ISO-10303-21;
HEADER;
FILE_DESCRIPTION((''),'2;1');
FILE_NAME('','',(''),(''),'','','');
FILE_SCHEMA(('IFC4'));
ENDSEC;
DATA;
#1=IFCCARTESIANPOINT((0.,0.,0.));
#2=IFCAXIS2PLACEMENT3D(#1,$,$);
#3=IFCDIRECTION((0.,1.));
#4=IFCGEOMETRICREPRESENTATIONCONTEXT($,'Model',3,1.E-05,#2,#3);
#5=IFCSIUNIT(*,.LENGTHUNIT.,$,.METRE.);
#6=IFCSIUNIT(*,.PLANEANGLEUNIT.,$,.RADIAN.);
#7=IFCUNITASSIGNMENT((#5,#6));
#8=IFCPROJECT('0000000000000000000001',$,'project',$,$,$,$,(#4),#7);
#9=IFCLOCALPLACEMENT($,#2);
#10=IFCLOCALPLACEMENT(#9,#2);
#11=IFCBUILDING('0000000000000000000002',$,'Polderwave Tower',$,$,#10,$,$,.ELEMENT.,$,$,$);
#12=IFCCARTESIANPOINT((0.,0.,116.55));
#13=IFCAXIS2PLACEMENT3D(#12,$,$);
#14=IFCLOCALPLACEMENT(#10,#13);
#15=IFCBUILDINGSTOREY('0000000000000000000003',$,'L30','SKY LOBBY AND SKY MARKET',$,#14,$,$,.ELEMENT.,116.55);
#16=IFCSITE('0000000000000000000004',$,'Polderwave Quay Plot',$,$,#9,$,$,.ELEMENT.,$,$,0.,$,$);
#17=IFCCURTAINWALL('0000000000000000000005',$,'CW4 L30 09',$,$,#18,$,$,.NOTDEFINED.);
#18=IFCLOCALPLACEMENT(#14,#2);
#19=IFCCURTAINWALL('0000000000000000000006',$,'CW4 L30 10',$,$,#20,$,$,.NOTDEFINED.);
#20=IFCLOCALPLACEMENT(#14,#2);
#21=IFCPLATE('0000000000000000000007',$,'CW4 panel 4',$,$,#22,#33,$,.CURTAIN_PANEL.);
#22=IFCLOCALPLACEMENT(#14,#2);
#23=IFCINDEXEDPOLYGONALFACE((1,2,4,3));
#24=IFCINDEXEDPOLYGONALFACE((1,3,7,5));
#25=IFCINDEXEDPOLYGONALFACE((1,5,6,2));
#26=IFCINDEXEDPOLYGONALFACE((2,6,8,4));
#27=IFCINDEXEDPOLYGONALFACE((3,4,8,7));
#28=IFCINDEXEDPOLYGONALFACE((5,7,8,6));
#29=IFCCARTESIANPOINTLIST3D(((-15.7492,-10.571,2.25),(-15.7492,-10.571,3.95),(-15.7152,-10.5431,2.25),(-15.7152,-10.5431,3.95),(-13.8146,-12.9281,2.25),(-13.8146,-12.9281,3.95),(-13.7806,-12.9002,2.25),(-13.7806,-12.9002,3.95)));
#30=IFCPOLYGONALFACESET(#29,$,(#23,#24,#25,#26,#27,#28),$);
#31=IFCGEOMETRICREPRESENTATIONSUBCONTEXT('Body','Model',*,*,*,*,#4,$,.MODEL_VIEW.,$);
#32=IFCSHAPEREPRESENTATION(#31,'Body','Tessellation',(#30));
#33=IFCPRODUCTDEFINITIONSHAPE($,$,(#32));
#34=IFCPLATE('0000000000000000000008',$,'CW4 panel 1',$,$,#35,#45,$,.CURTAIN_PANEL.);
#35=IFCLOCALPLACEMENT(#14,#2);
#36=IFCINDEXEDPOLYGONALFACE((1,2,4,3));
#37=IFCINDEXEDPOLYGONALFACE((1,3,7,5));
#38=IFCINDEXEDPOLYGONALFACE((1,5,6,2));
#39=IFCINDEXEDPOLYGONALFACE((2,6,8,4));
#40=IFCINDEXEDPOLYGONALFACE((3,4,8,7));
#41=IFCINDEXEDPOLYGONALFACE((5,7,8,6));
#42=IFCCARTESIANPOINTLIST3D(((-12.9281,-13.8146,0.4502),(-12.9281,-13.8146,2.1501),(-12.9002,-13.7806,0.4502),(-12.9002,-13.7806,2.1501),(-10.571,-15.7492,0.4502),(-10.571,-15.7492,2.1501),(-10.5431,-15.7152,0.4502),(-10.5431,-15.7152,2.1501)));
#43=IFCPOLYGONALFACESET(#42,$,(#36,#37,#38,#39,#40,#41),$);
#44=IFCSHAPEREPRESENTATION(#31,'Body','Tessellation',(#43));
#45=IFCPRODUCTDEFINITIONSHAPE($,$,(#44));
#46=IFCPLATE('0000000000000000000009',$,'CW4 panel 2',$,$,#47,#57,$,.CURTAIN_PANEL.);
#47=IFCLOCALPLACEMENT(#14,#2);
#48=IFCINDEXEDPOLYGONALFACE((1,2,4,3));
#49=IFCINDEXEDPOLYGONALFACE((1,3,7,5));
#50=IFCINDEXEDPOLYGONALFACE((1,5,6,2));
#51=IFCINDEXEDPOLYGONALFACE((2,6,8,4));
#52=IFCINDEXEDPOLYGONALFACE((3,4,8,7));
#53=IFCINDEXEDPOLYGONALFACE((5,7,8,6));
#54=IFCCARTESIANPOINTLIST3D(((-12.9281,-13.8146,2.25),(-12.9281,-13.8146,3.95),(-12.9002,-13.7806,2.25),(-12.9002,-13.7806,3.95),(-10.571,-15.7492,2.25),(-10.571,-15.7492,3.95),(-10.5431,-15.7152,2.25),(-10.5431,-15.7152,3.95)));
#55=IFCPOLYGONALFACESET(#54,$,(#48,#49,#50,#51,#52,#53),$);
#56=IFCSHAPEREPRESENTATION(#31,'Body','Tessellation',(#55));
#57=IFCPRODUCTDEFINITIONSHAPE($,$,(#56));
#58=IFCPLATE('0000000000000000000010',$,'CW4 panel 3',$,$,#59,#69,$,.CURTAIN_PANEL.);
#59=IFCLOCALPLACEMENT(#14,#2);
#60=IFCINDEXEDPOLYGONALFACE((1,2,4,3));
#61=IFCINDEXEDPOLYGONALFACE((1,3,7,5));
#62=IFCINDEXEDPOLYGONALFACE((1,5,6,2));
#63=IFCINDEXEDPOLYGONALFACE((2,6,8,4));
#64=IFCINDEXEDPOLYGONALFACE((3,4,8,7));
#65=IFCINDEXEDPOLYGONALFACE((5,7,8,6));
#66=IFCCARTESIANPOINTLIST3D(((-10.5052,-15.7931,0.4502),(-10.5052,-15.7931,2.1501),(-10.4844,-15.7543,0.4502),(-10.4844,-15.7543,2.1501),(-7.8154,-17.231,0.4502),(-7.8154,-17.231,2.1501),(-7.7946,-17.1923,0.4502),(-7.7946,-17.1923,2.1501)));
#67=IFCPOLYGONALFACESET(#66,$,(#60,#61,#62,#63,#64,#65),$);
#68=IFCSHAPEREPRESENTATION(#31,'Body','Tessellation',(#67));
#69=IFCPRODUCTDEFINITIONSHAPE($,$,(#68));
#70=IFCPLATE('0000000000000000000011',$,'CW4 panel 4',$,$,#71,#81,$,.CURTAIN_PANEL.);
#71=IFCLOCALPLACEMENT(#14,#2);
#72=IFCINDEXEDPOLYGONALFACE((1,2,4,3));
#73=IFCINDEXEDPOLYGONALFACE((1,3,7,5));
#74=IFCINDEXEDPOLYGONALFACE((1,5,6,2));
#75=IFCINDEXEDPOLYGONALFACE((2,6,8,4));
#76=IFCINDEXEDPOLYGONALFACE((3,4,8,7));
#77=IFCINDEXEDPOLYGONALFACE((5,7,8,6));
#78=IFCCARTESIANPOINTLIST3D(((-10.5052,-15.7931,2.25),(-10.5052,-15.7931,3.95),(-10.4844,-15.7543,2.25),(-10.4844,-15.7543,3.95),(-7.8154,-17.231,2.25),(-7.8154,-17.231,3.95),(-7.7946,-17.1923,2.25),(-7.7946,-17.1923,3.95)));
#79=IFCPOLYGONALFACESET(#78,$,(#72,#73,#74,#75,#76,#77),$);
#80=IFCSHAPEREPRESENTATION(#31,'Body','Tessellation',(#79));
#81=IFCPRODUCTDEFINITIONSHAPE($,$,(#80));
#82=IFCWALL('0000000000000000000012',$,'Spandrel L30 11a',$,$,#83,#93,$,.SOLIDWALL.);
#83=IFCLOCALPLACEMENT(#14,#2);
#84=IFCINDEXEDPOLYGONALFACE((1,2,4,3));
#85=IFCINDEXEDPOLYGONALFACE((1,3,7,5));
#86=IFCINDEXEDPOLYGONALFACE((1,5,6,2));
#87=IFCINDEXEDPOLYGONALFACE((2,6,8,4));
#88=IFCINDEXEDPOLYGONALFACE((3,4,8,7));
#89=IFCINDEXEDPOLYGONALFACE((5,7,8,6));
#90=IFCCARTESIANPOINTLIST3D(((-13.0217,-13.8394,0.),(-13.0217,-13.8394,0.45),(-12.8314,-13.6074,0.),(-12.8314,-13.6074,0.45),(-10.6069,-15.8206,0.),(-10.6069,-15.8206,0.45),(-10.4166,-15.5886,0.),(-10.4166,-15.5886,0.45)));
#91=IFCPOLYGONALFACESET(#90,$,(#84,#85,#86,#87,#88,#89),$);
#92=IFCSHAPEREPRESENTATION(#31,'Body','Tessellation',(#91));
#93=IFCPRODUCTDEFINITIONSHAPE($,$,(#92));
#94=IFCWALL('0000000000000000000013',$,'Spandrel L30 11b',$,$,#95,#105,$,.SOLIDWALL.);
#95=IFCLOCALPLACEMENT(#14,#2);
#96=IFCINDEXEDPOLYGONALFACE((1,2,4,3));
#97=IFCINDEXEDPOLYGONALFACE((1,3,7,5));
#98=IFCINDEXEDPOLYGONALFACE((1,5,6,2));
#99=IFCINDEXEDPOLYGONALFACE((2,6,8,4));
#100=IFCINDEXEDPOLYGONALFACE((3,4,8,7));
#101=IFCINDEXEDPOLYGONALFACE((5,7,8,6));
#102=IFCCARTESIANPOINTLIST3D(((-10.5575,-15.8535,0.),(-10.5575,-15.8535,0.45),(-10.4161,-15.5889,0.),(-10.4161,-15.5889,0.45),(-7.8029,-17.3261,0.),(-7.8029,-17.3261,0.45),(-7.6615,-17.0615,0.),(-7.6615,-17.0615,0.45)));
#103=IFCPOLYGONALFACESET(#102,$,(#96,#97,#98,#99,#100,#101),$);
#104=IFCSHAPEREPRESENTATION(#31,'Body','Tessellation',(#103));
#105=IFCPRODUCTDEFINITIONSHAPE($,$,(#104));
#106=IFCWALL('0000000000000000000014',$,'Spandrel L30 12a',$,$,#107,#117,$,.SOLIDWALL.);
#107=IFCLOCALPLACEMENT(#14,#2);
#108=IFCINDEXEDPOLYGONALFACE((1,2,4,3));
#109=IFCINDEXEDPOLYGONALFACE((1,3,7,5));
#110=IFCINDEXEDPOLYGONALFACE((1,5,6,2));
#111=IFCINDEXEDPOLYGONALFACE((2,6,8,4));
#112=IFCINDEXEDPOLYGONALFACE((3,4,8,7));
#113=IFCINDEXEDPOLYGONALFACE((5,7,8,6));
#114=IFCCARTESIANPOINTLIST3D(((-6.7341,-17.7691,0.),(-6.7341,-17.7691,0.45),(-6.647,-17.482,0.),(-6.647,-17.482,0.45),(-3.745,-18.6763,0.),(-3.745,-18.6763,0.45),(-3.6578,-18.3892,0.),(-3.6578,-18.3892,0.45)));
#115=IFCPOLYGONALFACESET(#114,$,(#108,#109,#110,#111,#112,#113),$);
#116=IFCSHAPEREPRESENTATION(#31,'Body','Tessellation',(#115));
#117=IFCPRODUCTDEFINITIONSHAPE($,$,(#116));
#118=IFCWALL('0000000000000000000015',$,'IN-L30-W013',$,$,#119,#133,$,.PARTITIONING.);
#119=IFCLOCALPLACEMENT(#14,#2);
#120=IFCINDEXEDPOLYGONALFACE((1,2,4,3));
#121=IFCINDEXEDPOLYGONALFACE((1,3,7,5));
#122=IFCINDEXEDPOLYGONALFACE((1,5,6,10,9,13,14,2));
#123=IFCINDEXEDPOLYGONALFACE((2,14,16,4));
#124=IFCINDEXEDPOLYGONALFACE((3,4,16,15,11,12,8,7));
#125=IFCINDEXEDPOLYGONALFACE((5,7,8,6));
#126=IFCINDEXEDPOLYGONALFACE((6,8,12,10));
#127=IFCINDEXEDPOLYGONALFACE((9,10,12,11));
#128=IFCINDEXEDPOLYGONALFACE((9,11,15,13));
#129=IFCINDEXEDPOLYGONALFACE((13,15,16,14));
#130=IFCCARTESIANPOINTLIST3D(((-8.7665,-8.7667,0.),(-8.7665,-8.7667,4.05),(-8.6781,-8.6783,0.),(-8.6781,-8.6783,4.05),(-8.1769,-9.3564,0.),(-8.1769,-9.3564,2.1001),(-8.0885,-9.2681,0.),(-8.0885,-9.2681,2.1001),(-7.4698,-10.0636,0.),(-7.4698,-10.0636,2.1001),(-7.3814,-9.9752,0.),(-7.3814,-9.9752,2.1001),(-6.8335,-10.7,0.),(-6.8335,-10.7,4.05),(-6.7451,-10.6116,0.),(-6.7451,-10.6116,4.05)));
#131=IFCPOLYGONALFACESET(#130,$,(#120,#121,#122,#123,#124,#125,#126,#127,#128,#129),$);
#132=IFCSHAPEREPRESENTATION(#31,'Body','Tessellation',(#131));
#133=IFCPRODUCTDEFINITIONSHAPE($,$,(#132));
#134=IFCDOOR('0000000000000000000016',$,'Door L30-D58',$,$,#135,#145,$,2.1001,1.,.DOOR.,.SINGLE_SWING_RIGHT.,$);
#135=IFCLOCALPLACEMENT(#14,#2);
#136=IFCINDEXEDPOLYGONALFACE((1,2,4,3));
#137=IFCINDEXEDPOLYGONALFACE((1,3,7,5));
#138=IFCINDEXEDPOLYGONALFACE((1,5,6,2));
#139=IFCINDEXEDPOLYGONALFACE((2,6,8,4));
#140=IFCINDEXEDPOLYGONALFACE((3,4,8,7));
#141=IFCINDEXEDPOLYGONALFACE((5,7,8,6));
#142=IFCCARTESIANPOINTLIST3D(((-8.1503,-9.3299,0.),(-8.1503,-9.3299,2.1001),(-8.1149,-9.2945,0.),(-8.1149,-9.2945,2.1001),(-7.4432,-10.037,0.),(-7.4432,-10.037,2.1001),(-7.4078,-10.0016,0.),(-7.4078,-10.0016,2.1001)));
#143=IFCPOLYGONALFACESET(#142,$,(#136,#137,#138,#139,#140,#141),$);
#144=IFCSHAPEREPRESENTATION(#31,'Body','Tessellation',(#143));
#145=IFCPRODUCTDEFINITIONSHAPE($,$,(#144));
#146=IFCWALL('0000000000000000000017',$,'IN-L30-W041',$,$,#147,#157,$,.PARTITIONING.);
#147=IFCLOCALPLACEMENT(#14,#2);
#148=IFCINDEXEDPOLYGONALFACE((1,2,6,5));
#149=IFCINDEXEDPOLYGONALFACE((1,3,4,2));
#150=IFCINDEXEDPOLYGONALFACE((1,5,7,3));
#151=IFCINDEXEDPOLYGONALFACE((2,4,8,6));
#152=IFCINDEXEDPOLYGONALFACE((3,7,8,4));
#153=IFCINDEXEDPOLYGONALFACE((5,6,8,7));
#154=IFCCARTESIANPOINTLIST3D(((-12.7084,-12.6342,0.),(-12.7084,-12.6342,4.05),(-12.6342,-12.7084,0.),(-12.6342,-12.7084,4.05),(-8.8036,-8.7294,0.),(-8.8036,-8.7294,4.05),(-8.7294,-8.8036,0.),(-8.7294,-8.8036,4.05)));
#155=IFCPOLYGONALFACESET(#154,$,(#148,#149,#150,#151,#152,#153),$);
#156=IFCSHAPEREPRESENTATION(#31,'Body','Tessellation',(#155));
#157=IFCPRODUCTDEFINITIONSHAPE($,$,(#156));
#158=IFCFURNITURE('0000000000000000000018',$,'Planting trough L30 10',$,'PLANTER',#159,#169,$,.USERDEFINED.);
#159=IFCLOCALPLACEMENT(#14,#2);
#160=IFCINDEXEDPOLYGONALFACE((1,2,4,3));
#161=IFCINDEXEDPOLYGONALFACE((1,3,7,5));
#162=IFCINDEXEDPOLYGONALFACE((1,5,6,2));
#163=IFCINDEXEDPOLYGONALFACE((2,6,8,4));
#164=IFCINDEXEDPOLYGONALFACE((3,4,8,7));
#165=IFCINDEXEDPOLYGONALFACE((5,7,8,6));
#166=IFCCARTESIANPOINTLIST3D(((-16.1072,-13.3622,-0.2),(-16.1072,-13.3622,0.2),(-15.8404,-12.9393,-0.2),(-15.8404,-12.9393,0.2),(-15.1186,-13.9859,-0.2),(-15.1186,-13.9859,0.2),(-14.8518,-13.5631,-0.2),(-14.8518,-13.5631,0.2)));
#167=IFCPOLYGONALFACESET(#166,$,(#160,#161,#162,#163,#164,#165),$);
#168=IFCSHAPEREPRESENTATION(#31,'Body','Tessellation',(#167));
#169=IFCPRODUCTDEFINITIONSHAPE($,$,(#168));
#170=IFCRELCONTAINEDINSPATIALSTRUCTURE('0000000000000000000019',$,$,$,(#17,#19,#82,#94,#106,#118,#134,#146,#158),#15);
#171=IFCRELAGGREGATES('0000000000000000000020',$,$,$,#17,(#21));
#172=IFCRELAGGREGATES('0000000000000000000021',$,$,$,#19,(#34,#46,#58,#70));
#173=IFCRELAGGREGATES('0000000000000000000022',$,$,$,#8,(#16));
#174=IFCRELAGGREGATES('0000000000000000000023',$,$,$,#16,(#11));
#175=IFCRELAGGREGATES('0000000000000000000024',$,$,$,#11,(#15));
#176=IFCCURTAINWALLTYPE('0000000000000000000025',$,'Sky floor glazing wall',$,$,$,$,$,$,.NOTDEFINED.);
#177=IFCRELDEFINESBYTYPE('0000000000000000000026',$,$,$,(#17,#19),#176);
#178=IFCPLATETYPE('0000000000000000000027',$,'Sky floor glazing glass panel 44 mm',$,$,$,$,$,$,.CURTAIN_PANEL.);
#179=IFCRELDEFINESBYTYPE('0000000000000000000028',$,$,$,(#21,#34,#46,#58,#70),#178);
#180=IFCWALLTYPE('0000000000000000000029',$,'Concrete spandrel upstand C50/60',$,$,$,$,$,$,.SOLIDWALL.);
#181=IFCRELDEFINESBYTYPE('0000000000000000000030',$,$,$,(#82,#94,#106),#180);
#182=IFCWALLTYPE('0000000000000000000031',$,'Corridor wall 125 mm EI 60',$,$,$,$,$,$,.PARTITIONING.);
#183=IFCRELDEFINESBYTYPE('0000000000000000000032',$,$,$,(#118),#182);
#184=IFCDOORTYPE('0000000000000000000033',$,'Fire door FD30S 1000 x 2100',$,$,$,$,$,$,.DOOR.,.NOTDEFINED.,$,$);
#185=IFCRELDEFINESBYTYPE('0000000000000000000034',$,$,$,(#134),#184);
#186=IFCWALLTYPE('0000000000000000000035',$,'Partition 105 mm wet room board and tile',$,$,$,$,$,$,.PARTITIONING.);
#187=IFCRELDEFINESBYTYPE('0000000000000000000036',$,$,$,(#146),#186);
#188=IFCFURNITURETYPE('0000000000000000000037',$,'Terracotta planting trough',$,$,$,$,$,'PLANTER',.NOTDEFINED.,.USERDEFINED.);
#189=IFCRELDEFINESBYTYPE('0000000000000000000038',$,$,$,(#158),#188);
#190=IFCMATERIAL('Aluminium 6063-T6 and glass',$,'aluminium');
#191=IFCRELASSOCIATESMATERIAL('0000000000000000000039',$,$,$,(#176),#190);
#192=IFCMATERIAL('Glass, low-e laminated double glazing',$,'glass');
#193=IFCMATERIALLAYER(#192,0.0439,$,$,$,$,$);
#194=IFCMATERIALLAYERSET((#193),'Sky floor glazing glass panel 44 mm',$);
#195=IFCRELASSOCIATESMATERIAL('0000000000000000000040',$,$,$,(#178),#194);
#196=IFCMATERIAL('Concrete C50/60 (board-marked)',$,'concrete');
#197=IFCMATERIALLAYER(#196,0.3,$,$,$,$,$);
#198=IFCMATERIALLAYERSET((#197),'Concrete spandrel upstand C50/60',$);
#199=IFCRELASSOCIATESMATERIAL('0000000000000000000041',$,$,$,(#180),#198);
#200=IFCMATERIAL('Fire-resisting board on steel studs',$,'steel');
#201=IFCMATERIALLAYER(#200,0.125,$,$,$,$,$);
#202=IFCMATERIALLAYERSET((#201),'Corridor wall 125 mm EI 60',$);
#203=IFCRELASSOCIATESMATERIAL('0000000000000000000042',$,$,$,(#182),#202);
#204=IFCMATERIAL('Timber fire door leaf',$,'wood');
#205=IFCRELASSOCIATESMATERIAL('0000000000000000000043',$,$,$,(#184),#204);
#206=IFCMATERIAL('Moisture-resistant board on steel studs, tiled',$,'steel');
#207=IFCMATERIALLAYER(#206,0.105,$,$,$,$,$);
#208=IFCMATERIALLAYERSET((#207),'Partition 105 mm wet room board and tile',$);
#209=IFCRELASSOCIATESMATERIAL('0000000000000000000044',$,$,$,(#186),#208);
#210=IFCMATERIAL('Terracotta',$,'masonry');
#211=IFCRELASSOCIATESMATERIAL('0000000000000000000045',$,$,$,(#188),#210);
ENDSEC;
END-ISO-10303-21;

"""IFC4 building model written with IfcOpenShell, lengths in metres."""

from ifc_helpers import new_model, si_unit, direction, frame, frame_2d, origin, origin_2d, place, context, subcontext, project, spatial, rectangle, extrude, material, layer, layer_set, type_object, element, fill, aggregate, save


model = new_model("IFC4")

# Units and contexts
model_context = context("Model", 3, precision=1e-05, world=origin(), true_north=direction((0.0, 1.0)))
body_context = subcontext(model_context, "Body", "Model", "MODEL_VIEW")
ifc_project = project(units=[si_unit("LENGTHUNIT", "METRE"), si_unit("PLANEANGLEUNIT", "RADIAN")], contexts=[model_context])

# Site, building, storey
site_placement = place(None, origin())
site = spatial("IfcSite", under=ifc_project, at=site_placement, Name="Polderwave Quay Plot", CompositionType="ELEMENT", RefElevation=0.0)
building_placement = place(site_placement, origin())
building = spatial("IfcBuilding", under=site, at=building_placement, Name="Polderwave Tower", CompositionType="ELEMENT")
storey_placement = place(building_placement, frame((0.0, 0.0, 116.55)))
storey = spatial("IfcBuildingStorey", under=building, at=storey_placement, Name="L30", Description="SKY LOBBY AND SKY MARKET", CompositionType="ELEMENT", Elevation=116.55)

# Curtain wall
ifc_material_1 = material(Name="Aluminium 6063-T6 and glass", Category="aluminium")
curtain_wall_type = type_object("IfcCurtainWallType", Name="Sky floor glazing wall", PredefinedType="NOTDEFINED", material=ifc_material_1)
curtain_wall_1_placement = place(storey_placement, origin())
curtain_wall_1 = element("IfcCurtainWall", 1, at=curtain_wall_1_placement, inside=storey, type_object=curtain_wall_type, Name="CW4 L30 09", PredefinedType="NOTDEFINED")

# Curtain wall
curtain_wall_2_placement = place(storey_placement, origin())
curtain_wall_2 = element("IfcCurtainWall", 2, at=curtain_wall_2_placement, inside=storey, type_object=curtain_wall_type, Name="CW4 L30 10", PredefinedType="NOTDEFINED")

# Plates
ifc_material_2 = material(Name="Glass, low-e laminated double glazing", Category="glass")
ifc_layer_1 = layer(ifc_material_2, 0.0439)
ifc_layer_set_1 = layer_set([ifc_layer_1], Name="Sky floor glazing glass panel 44 mm")
plate_type = type_object("IfcPlateType", Name="Sky floor glazing glass panel 44 mm", PredefinedType="CURTAIN_PANEL", material=ifc_layer_set_1)
plate_1_placement = place(storey_placement, frame((-14.7649, -11.7356, 2.25), z_axis=(0.0, 0.0, 1.0), x_axis=(0.634443, -0.772969, 0.0)))
plate_1 = element("IfcPlate", 3, at=plate_1_placement, type_object=plate_type, Name="CW4 panel 4", PredefinedType="CURTAIN_PANEL", context=body_context, shape_type="SweptSolid", body=[
    extrude(rectangle(XDim=3.0493, YDim=0.0439, at=origin_2d()), origin(), (0.0, 0.0, 1.0), 1.7),
])
aggregate(curtain_wall_1, [plate_1])
plate_2_placement = place(storey_placement, frame((-11.7356, -14.7649, 0.4502), z_axis=(0.0, 0.0, 1.0), x_axis=(0.772969, -0.634443, 0.0)))
plate_2 = element("IfcPlate", 4, at=plate_2_placement, type_object=plate_type, Name="CW4 panel 1", PredefinedType="CURTAIN_PANEL", context=body_context, shape_type="SweptSolid", body=[
    extrude(rectangle(XDim=3.0493, YDim=0.0439, at=origin_2d()), origin(), (0.0, 0.0, 1.0), 1.7),
])
plate_3_placement = place(storey_placement, frame((-11.7356, -14.7649, 2.25), z_axis=(0.0, 0.0, 1.0), x_axis=(0.772969, -0.634443, 0.0)))
plate_3 = element("IfcPlate", 5, at=plate_3_placement, type_object=plate_type, Name="CW4 panel 2", PredefinedType="CURTAIN_PANEL", context=body_context, shape_type="SweptSolid", body=[
    extrude(rectangle(XDim=3.0493, YDim=0.0439, at=origin_2d()), origin(), (0.0, 0.0, 1.0), 1.7),
])
plate_4_placement = place(storey_placement, frame((-9.1499, -16.4927, 0.4502), z_axis=(0.0, 0.0, 1.0), x_axis=(0.881888, -0.471458, 0.0)))
plate_4 = element("IfcPlate", 6, at=plate_4_placement, type_object=plate_type, Name="CW4 panel 3", PredefinedType="CURTAIN_PANEL", context=body_context, shape_type="SweptSolid", body=[
    extrude(rectangle(XDim=3.05, YDim=0.0439, at=origin_2d()), origin(), (0.0, 0.0, 1.0), 1.7),
])
plate_5_placement = place(storey_placement, frame((-9.1499, -16.4927, 2.25), z_axis=(0.0, 0.0, 1.0), x_axis=(0.881888, -0.471458, 0.0)))
plate_5 = element("IfcPlate", 7, at=plate_5_placement, type_object=plate_type, Name="CW4 panel 4", PredefinedType="CURTAIN_PANEL", context=body_context, shape_type="SweptSolid", body=[
    extrude(rectangle(XDim=3.05, YDim=0.0439, at=origin_2d()), origin(), (0.0, 0.0, 1.0), 1.7),
])
aggregate(curtain_wall_2, [plate_2, plate_3, plate_4, plate_5])

# Walls
ifc_material_3 = material(Name="Concrete C50/60 (board-marked)", Category="concrete")
ifc_layer_2 = layer(ifc_material_3, 0.3)
ifc_layer_set_2 = layer_set([ifc_layer_2], Name="Concrete spandrel upstand C50/60")
wall_type_1 = type_object("IfcWallType", Name="Concrete spandrel upstand C50/60", PredefinedType="SOLIDWALL", material=ifc_layer_set_2)
for number, where, z_axis, x_axis, name in (
    (8, (-12.9265, -13.7234, 0.0), (0.0, 0.0, 1.0), (0.7731, -0.634284, 0.0), "Spandrel L30 11a"),
    (9, (-10.4868, -15.7212, 0.0), (0.0, 0.0, 1.0), (0.881885, -0.471464, 0.0), "Spandrel L30 11b"),
):
    element("IfcWall", number, at=place(storey_placement, frame(where, z_axis=z_axis, x_axis=x_axis)), inside=storey, type_object=wall_type_1, Name=name, PredefinedType="SOLIDWALL", context=body_context, shape_type="SweptSolid", body=[
        extrude(rectangle(XDim=3.1235, YDim=0.3, at=frame_2d((1.5618, 0.0))), origin(), (0.0, 0.0, 1.0), 0.45),
    ])
wall_1_placement = place(storey_placement, frame((-6.6907, -17.6255, 0.0), z_axis=(0.0, 0.0, 1.0), x_axis=(0.956901, -0.290415, 0.0)))
element("IfcWall", 10, at=wall_1_placement, inside=storey, type_object=wall_type_1, Name="Spandrel L30 12a", PredefinedType="SOLIDWALL", context=body_context, shape_type="SweptSolid", body=[
    extrude(rectangle(XDim=3.1238, YDim=0.3, at=frame_2d((1.562, 0.0))), origin(), (0.0, 0.0, 1.0), 0.45),
])

# Wall, opening, door
ifc_material_4 = material(Name="Fire-resisting board on steel studs", Category="steel")
ifc_layer_3 = layer(ifc_material_4, 0.125)
ifc_layer_set_3 = layer_set([ifc_layer_3], Name="Corridor wall 125 mm EI 60")
wall_type_2 = type_object("IfcWallType", Name="Corridor wall 125 mm EI 60", PredefinedType="PARTITIONING", material=ifc_layer_set_3)
wall_2_placement = place(storey_placement, frame((-6.7893, -10.6558, 0.0), z_axis=(0.0, 0.0, 1.0), x_axis=(-0.707062, 0.707151, 0.0)))
wall_2 = element("IfcWall", 11, at=wall_2_placement, inside=storey, type_object=wall_type_2, Name="IN-L30-W013", PredefinedType="PARTITIONING", context=body_context, shape_type="SweptSolid", body=[
    extrude(rectangle(XDim=2.7339, YDim=0.125, at=frame_2d((1.3669, 0.0))), origin(), (0.0, 0.0, 1.0), 4.05),
])
opening_placement = place(wall_2_placement, frame((0.8999, 0.0, 0.0)))
opening = element("IfcOpeningElement", 12, at=opening_placement, cuts=wall_2, PredefinedType="OPENING", context=body_context, shape_type="SweptSolid", body=[
    extrude(rectangle(XDim=1.0, YDim=2.1001, at=frame_2d((0.5, 1.05))), frame((0.0, 0.0725, 0.0), z_axis=(0.0, -1.0, 0.0), x_axis=(1.0, 0.0, 0.0)), (0.0, 0.0, 1.0), 0.145),
])
ifc_material_5 = material(Name="Timber fire door leaf", Category="wood")
door_type = type_object("IfcDoorType", Name="Fire door FD30S 1000 x 2100", OperationType="NOTDEFINED", PredefinedType="DOOR", material=ifc_material_5)
door_placement = place(opening_placement, origin())
door = element("IfcDoor", 13, at=door_placement, inside=storey, type_object=door_type, Name="Door L30-D58", OperationType="SINGLE_SWING_RIGHT", OverallHeight=2.1001, OverallWidth=1.0, PredefinedType="DOOR", context=body_context, shape_type="SweptSolid", body=[
    extrude(rectangle(XDim=1.0, YDim=2.1001, at=frame_2d((0.5, 1.05))), frame((0.0, 0.0249, 0.0), z_axis=(0.0, -1.0, 0.0), x_axis=(1.0, 0.0, 0.0)), (0.0, 0.0, 1.0), 0.05),
])
fill(opening, door)

# Wall
ifc_material_6 = material(Name="Moisture-resistant board on steel studs, tiled", Category="steel")
ifc_layer_4 = layer(ifc_material_6, 0.105)
ifc_layer_set_4 = layer_set([ifc_layer_4], Name="Partition 105 mm wet room board and tile")
wall_type_3 = type_object("IfcWallType", Name="Partition 105 mm wet room board and tile", PredefinedType="PARTITIONING", material=ifc_layer_set_4)
wall_3_placement = place(storey_placement, frame((-12.6714, -12.6714, 0.0), z_axis=(0.0, 0.0, 1.0), x_axis=(0.707107, 0.707107, 0.0)))
element("IfcWall", 14, at=wall_3_placement, inside=storey, type_object=wall_type_3, Name="IN-L30-W041", PredefinedType="PARTITIONING", context=body_context, shape_type="SweptSolid", body=[
    extrude(rectangle(XDim=5.5222, YDim=0.105, at=frame_2d((2.7612, 0.0))), origin(), (0.0, 0.0, 1.0), 4.05),
])

# Furniture
ifc_material_7 = material(Name="Terracotta", Category="masonry")
furniture_type = type_object("IfcFurnitureType", Name="Terracotta planting trough", ElementType="PLANTER", AssemblyPlace="NOTDEFINED", PredefinedType="USERDEFINED", material=ifc_material_7)
furniture_placement = place(storey_placement, frame((-15.4795, -13.4626, -0.2), z_axis=(0.0, 0.0, 1.0), x_axis=(0.845746, -0.533586, 0.0)))
element("IfcFurniture", 15, at=furniture_placement, inside=storey, type_object=furniture_type, Name="Planting trough L30 10", ObjectType="PLANTER", PredefinedType="USERDEFINED", context=body_context, shape_type="SweptSolid", body=[
    extrude(rectangle(XDim=1.1689, YDim=0.5, at=origin_2d()), origin(), (0.0, 0.0, 1.0), 0.3999),
])

save(model, "model.ifc")
